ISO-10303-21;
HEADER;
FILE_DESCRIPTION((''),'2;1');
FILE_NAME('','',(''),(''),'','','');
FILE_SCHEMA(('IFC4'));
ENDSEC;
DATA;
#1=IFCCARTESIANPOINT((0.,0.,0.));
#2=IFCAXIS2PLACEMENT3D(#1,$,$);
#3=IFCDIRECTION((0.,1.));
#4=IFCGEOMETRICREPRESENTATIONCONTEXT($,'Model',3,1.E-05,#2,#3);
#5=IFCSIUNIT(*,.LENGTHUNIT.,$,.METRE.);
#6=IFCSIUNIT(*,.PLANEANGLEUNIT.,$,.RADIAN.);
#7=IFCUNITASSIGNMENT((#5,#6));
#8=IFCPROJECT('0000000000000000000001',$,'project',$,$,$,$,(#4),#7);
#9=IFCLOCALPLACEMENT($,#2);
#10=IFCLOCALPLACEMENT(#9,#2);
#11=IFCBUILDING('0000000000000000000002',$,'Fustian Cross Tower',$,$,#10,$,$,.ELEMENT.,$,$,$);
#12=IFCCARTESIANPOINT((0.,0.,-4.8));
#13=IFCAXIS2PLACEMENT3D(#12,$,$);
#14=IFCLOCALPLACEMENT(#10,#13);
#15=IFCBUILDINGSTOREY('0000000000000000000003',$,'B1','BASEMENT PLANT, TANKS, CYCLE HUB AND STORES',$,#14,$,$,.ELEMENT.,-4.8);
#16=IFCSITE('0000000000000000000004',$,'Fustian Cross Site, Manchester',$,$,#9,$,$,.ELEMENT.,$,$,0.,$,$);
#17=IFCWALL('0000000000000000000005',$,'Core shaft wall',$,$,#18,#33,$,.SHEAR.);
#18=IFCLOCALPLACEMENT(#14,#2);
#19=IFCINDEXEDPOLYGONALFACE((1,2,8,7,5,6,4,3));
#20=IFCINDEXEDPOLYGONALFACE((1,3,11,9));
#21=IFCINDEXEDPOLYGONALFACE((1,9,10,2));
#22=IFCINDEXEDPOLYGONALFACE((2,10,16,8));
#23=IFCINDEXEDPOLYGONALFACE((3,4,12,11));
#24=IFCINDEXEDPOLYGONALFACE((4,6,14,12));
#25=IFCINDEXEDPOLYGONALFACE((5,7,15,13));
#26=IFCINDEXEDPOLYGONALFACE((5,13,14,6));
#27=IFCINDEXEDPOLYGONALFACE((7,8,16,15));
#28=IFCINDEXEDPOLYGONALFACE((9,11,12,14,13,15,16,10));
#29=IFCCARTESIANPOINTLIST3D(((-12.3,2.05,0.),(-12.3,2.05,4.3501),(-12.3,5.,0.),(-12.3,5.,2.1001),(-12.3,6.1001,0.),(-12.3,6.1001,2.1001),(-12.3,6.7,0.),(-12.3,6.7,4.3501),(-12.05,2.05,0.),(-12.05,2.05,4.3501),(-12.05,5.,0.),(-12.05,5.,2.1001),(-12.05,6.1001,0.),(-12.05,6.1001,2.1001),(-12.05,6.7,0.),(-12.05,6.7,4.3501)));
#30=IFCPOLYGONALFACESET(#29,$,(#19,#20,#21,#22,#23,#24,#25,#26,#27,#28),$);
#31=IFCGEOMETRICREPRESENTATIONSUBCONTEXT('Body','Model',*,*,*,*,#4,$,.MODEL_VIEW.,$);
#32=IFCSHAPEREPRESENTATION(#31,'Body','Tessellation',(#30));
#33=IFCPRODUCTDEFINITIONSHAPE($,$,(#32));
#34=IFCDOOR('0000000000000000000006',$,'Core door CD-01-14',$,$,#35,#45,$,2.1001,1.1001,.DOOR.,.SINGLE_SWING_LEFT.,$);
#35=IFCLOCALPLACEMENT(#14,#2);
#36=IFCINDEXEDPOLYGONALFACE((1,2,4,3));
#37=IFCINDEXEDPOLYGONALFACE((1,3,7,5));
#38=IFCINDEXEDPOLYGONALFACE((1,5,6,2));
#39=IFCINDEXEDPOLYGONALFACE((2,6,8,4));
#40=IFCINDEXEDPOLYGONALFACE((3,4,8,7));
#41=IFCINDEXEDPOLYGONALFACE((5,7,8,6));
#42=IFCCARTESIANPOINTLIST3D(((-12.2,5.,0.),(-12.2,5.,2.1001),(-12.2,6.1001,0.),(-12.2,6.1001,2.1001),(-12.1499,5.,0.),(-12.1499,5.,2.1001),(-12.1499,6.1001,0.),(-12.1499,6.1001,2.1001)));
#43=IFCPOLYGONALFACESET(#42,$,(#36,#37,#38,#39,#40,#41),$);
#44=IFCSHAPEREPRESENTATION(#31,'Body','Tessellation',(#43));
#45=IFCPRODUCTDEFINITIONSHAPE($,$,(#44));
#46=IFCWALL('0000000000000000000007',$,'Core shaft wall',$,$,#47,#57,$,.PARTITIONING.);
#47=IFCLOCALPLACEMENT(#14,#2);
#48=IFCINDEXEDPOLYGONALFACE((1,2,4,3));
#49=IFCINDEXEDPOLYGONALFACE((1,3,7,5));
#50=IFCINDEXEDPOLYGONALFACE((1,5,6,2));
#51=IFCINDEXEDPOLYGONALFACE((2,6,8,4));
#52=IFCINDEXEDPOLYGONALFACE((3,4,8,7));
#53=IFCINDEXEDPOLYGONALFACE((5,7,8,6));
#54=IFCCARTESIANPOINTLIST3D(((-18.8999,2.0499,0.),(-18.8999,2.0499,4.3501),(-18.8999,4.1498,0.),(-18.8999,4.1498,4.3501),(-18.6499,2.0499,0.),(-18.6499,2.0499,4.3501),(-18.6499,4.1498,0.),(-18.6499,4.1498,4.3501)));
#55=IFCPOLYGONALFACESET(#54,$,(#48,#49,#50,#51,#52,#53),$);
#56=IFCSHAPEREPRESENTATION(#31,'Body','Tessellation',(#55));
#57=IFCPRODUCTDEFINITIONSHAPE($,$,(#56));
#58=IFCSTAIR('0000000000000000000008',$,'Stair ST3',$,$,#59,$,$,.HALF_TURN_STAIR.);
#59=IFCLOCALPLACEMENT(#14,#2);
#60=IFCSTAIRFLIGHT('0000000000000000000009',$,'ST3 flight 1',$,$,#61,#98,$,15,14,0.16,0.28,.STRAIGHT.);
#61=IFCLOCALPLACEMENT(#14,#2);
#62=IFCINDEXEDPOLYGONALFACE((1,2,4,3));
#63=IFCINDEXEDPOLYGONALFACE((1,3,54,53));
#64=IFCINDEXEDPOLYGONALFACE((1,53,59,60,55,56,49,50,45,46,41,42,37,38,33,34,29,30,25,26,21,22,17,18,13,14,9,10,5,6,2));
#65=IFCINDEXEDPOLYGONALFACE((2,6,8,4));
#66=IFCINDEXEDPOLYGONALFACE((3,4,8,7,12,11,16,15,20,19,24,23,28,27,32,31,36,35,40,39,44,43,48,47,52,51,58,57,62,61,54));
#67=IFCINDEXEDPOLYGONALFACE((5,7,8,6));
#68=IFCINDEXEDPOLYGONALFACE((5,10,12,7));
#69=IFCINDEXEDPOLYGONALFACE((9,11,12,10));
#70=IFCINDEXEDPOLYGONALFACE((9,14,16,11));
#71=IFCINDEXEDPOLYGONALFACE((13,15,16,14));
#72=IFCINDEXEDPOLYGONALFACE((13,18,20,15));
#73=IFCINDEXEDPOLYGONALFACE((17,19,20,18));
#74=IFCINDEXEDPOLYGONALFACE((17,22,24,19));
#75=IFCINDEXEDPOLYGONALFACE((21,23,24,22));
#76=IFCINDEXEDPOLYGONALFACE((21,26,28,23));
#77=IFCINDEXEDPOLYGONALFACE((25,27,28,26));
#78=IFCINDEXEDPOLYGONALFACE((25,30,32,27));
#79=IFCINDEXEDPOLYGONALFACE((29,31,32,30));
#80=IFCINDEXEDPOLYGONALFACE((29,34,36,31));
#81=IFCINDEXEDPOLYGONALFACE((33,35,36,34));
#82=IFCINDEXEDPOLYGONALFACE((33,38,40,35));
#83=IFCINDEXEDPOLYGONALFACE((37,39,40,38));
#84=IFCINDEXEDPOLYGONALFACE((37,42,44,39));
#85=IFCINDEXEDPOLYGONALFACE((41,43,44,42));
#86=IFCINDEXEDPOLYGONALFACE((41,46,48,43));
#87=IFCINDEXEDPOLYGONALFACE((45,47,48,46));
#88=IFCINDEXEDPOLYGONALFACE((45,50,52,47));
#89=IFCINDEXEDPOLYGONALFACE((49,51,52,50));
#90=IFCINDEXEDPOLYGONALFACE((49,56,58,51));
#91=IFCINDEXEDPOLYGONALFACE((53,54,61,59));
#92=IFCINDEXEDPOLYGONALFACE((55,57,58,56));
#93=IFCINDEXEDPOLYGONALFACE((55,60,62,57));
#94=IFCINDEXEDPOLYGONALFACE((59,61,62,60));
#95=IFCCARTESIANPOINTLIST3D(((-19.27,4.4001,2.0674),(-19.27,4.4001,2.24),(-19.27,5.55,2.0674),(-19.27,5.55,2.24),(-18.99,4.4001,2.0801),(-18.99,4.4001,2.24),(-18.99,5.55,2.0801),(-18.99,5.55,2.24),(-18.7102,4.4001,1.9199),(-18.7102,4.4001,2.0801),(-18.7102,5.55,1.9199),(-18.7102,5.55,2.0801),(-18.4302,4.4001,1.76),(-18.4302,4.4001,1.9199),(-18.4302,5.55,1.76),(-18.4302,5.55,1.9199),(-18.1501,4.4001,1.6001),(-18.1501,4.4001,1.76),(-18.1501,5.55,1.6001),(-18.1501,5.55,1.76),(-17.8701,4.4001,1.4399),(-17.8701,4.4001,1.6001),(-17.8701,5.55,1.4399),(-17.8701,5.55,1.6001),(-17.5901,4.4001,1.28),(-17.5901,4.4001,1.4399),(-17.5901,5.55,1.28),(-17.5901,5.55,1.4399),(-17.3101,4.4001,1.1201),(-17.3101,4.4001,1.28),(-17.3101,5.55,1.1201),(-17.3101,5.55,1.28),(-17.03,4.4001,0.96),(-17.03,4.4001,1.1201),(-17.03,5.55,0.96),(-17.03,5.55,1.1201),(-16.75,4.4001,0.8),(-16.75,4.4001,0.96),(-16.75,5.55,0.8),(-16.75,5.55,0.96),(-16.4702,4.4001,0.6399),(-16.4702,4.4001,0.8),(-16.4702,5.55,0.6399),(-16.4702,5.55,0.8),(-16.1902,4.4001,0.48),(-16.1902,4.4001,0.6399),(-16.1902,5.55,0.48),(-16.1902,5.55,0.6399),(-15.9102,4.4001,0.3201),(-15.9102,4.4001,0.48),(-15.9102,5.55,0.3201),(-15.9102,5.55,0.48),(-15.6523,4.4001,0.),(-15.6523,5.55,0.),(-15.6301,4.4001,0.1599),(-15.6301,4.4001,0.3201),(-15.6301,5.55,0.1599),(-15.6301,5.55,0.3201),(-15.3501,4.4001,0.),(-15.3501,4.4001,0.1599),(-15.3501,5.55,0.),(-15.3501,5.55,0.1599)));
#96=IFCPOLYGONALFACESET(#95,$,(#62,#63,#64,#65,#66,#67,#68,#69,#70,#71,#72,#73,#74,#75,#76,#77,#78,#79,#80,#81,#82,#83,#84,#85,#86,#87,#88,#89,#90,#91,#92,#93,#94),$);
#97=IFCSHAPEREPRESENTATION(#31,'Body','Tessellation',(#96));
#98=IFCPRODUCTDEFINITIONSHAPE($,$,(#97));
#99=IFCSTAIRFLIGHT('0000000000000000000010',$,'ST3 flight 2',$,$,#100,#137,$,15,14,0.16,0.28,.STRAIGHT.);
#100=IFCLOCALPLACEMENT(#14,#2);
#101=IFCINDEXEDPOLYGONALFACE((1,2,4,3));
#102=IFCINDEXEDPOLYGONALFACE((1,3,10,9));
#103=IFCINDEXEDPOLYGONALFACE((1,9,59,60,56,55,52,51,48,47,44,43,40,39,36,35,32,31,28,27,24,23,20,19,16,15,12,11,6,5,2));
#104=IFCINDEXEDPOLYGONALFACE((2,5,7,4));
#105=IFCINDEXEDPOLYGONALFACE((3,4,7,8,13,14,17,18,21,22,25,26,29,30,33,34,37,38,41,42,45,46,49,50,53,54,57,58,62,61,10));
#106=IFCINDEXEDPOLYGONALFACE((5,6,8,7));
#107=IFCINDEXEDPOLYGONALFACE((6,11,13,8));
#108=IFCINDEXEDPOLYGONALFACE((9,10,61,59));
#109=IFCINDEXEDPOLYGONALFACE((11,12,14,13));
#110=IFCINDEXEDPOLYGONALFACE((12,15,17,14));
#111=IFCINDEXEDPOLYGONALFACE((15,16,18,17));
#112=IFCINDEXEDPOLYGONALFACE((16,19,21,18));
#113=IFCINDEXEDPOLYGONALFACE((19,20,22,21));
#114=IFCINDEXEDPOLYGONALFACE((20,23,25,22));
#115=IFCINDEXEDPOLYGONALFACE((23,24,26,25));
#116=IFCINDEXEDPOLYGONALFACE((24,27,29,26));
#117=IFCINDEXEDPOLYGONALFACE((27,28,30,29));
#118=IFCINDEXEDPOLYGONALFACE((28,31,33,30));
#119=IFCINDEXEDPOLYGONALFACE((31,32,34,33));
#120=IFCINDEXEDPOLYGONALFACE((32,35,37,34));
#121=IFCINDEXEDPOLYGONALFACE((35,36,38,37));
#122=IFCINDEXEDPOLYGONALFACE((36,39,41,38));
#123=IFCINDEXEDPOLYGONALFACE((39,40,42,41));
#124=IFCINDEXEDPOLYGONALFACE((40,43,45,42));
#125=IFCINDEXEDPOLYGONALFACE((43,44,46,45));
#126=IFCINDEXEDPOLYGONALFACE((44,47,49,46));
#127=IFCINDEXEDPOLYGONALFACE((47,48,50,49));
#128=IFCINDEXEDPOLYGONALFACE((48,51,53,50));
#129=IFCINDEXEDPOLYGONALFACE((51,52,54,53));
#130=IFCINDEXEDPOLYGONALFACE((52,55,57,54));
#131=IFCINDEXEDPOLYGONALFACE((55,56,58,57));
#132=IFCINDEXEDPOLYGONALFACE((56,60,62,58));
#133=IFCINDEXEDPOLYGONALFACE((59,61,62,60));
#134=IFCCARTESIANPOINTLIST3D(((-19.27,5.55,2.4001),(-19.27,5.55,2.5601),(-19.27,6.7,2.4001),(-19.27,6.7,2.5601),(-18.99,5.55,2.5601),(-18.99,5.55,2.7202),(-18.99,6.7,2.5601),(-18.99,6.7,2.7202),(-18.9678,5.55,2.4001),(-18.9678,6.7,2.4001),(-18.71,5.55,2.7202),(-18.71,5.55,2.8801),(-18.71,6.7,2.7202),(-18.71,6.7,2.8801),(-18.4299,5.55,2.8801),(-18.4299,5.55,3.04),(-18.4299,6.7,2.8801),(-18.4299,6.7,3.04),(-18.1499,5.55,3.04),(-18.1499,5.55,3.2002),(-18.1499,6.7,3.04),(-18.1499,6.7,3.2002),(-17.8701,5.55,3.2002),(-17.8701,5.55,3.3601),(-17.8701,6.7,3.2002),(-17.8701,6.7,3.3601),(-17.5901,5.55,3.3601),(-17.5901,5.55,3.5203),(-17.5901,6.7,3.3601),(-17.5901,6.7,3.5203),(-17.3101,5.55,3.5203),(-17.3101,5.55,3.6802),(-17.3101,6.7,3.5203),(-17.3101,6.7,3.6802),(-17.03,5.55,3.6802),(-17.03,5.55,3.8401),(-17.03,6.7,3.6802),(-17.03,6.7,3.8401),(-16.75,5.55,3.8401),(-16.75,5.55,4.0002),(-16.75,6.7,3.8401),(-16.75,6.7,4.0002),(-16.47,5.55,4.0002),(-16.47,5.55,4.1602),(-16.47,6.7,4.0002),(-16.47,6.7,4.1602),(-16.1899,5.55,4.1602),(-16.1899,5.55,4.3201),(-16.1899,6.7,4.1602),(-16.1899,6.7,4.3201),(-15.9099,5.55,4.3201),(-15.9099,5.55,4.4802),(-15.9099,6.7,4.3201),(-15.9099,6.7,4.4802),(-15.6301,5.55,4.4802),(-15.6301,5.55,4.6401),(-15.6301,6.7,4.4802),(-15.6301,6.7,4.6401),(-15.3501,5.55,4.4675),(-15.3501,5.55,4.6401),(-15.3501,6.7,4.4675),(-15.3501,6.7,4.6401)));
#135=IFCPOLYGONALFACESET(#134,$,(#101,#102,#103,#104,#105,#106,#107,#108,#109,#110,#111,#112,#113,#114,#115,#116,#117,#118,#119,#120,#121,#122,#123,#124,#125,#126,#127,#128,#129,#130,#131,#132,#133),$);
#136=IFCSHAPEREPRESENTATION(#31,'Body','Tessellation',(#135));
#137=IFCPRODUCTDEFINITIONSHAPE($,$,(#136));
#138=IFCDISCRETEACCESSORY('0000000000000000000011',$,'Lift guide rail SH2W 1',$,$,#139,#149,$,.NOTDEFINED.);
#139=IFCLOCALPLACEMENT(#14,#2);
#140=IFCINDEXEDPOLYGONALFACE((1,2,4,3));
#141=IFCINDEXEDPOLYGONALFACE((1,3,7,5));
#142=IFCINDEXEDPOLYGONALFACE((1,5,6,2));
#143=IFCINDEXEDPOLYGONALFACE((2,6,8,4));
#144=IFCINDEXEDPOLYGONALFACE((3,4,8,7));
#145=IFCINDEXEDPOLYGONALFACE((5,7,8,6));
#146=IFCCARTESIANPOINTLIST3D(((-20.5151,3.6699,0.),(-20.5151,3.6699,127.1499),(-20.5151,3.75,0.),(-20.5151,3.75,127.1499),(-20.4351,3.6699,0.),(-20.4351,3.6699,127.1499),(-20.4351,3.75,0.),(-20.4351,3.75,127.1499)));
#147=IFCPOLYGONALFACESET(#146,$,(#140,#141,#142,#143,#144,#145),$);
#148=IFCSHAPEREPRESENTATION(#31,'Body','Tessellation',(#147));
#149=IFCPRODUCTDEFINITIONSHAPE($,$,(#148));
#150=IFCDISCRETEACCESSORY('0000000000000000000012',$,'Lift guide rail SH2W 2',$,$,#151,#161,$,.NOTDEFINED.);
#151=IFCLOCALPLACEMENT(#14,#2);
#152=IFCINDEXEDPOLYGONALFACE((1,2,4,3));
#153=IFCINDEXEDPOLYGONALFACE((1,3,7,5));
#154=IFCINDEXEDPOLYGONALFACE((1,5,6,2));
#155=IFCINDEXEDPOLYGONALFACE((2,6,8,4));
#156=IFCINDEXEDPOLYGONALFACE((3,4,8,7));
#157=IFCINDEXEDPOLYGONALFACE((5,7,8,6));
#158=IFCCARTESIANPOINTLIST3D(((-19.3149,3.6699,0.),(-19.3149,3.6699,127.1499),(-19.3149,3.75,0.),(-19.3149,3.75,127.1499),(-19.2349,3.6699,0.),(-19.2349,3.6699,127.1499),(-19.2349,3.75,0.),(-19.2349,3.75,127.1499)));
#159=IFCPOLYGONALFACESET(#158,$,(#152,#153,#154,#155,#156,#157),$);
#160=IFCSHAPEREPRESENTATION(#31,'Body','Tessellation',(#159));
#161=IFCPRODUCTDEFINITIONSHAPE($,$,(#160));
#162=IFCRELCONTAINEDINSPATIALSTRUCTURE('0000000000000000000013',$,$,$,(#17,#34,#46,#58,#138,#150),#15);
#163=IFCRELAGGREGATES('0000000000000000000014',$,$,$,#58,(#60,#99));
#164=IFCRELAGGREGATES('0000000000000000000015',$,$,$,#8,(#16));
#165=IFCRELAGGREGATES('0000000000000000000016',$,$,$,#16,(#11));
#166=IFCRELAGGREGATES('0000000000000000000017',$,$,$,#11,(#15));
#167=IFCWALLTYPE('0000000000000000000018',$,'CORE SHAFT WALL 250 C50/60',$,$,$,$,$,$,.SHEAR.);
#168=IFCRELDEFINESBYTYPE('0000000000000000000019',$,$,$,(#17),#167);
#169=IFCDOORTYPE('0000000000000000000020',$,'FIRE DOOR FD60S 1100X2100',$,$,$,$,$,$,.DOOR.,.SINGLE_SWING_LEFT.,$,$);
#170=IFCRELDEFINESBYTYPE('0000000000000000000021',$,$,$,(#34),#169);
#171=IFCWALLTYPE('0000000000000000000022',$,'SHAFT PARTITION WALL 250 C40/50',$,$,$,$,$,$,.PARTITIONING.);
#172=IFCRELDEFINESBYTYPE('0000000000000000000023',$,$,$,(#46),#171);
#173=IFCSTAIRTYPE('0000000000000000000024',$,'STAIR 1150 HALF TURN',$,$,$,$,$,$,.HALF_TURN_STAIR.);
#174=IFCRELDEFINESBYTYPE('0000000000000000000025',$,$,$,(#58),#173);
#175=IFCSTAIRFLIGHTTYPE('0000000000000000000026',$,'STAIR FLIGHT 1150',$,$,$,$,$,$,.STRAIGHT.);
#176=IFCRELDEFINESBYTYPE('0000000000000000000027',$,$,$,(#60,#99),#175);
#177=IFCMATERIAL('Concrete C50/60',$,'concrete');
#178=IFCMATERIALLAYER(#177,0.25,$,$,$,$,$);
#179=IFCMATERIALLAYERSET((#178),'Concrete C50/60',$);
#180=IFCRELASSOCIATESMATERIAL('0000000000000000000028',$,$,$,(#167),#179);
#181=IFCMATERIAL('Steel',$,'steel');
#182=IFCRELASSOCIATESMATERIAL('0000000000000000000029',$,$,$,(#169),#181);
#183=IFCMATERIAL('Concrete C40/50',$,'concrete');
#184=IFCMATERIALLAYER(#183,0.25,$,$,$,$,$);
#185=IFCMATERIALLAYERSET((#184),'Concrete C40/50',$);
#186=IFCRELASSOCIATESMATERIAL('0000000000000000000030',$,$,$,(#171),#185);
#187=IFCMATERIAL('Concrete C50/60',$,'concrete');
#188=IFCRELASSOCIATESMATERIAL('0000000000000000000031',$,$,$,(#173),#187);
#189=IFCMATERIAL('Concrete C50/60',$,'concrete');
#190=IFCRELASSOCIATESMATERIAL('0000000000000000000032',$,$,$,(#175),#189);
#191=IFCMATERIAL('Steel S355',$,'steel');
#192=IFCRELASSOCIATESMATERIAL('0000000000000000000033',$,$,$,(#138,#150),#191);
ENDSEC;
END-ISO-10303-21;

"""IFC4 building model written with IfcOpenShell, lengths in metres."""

from ifc_helpers import new_model, si_unit, direction, frame, frame_2d, origin, origin_2d, place, context, subcontext, project, spatial, polyline, rectangle, outline, extrude, material, layer, layer_set, type_object, element, fill, aggregate, save


model = new_model("IFC4")

# Units and contexts
model_context = context("Model", 3, precision=1e-05, world=origin(), true_north=direction((0.0, 1.0)))
body_context = subcontext(model_context, "Body", "Model", "MODEL_VIEW")
ifc_project = project(units=[si_unit("LENGTHUNIT", "METRE"), si_unit("PLANEANGLEUNIT", "RADIAN")], contexts=[model_context])

# Site, building, storey
site_placement = place(None, origin())
site = spatial("IfcSite", under=ifc_project, at=site_placement, Name="Fustian Cross Site, Manchester", CompositionType="ELEMENT", RefElevation=0.0)
building_placement = place(site_placement, origin())
building = spatial("IfcBuilding", under=site, at=building_placement, Name="Fustian Cross Tower", CompositionType="ELEMENT")
storey_placement = place(building_placement, frame((0.0, 0.0, -4.8)))
storey = spatial("IfcBuildingStorey", under=building, at=storey_placement, Name="B1", Description="BASEMENT PLANT, TANKS, CYCLE HUB AND STORES", CompositionType="ELEMENT", Elevation=-4.8)

# Shared definitions
ifc_material_1 = material(Name="Concrete C50/60", Category="concrete")
ifc_layer_1 = layer(ifc_material_1, 0.25)
ifc_layer_set_1 = layer_set([ifc_layer_1], Name="Concrete C50/60")
wall_type_1 = type_object("IfcWallType", Name="CORE SHAFT WALL 250 C50/60", PredefinedType="SHEAR", material=ifc_layer_set_1)

# Wall, opening, door
wall_1_placement = place(storey_placement, frame((-12.175, 2.05, 0.0), z_axis=(0.0, 0.0, 1.0), x_axis=(0.0, 1.0, 0.0)))
wall_1 = element("IfcWall", 1, at=wall_1_placement, inside=storey, type_object=wall_type_1, Name="Core shaft wall", PredefinedType="SHEAR", context=body_context, shape_type="SweptSolid", body=[
    extrude(rectangle(XDim=4.6499, YDim=0.25, at=frame_2d((2.325, 0.0))), origin(), (0.0, 0.0, 1.0), 4.3501),
])
opening_1_placement = place(wall_1_placement, frame((2.95, 0.0, 0.0)))
opening_1 = element("IfcOpeningElement", 2, at=opening_1_placement, cuts=wall_1, PredefinedType="OPENING", context=body_context, shape_type="SweptSolid", body=[
    extrude(rectangle(XDim=1.1001, YDim=2.1001, at=frame_2d((0.55, 1.05))), frame((0.0, 0.135, 0.0), z_axis=(0.0, -1.0, 0.0), x_axis=(1.0, 0.0, 0.0)), (0.0, 0.0, 1.0), 0.27),
])
ifc_material_2 = material(Name="Steel", Category="steel")
door_type_1 = type_object("IfcDoorType", Name="FIRE DOOR FD60S 1100X2100", OperationType="SINGLE_SWING_LEFT", PredefinedType="DOOR", material=ifc_material_2)
door_1_placement = place(opening_1_placement, origin())
door_1 = element("IfcDoor", 3, at=door_1_placement, inside=storey, type_object=door_type_1, Name="Core door CD-01-14", OperationType="SINGLE_SWING_LEFT", OverallHeight=2.1001, OverallWidth=1.1001, PredefinedType="DOOR", context=body_context, shape_type="SweptSolid", body=[
    extrude(rectangle(XDim=1.1001, YDim=2.1001, at=frame_2d((0.55, 1.05))), frame((0.0, 0.0249, 0.0), z_axis=(0.0, -1.0, 0.0), x_axis=(1.0, 0.0, 0.0)), (0.0, 0.0, 1.0), 0.05),
])
fill(opening_1, door_1)

# Wall
ifc_material_3 = material(Name="Concrete C40/50", Category="concrete")
ifc_layer_2 = layer(ifc_material_3, 0.25)
ifc_layer_set_2 = layer_set([ifc_layer_2], Name="Concrete C40/50")
wall_type_2 = type_object("IfcWallType", Name="SHAFT PARTITION WALL 250 C40/50", PredefinedType="PARTITIONING", material=ifc_layer_set_2)
wall_2_placement = place(storey_placement, frame((-18.7749, 2.05, 0.0), z_axis=(0.0, 0.0, 1.0), x_axis=(0.0, 1.0, 0.0)))
element("IfcWall", 4, at=wall_2_placement, inside=storey, type_object=wall_type_2, Name="Core shaft wall", PredefinedType="PARTITIONING", context=body_context, shape_type="SweptSolid", body=[
    extrude(rectangle(XDim=2.0999, YDim=0.25, at=frame_2d((1.0498, 0.0))), origin(), (0.0, 0.0, 1.0), 4.3501),
])

# Stair, stair flights
ifc_material_4 = material(Name="Concrete C50/60", Category="concrete")
stair_type = type_object("IfcStairType", Name="STAIR 1150 HALF TURN", PredefinedType="HALF_TURN_STAIR", material=ifc_material_4)
stair_placement = place(storey_placement, origin())
stair = element("IfcStair", 5, at=stair_placement, inside=storey, type_object=stair_type, Name="Stair ST3", PredefinedType="HALF_TURN_STAIR")
ifc_material_5 = material(Name="Concrete C50/60", Category="concrete")
stair_flight_type = type_object("IfcStairFlightType", Name="STAIR FLIGHT 1150", PredefinedType="STRAIGHT", material=ifc_material_5)
stair_flight_1_placement = place(storey_placement, frame((-15.3501, 4.9751, 0.0), z_axis=(0.0, 0.0, 1.0), x_axis=(-1.0, 0.0, 0.0)))
stair_flight_1 = element("IfcStairFlight", 6, at=stair_flight_1_placement, type_object=stair_flight_type, Name="ST3 flight 1", NumberOfRisers=15, NumberOfTreads=14, PredefinedType="STRAIGHT", RiserHeight=0.16, TreadLength=0.28, context=body_context, shape_type="SweptSolid", body=[
    extrude(outline(polyline([(0.0, 0.0), (0.0, 0.1599), (0.28, 0.1599), (0.28, 0.3201), (0.5601, 0.3201), (0.5601, 0.48), (0.8401, 0.48), (0.8401, 0.6399), (1.1201, 0.6399), (1.1201, 0.8), (1.3999, 0.8), (1.3999, 0.96), (1.6799, 0.96), (1.6799, 1.1201), (1.96, 1.1201), (1.96, 1.28), (2.24, 1.28), (2.24, 1.4399), (2.52, 1.4399), (2.52, 1.6001), (2.8, 1.6001), (2.8, 1.76), (3.0801, 1.76), (3.0801, 1.9199), (3.3601, 1.9199), (3.3601, 2.0801), (3.6399, 2.0801), (3.6399, 2.24), (3.9199, 2.24), (3.9199, 2.3999), (3.9199, 2.0674), (0.3022, 0.0), (0.0, 0.0)])), frame((0.0, 0.575, 0.0), z_axis=(0.0, -1.0, 0.0), x_axis=(1.0, 0.0, 0.0)), (0.0, 0.0, 1.0), 1.1499),
])
stair_flight_2_placement = place(storey_placement, frame((-19.27, 6.125, 2.4001), z_axis=(0.0, 0.0, 1.0), x_axis=(1.0, 0.0, 0.0)))
stair_flight_2 = element("IfcStairFlight", 7, at=stair_flight_2_placement, type_object=stair_flight_type, Name="ST3 flight 2", NumberOfRisers=15, NumberOfTreads=14, PredefinedType="STRAIGHT", RiserHeight=0.16, TreadLength=0.28, context=body_context, shape_type="SweptSolid", body=[
    extrude(outline(polyline([(0.0, 0.0), (0.0, 0.1599), (0.28, 0.1599), (0.28, 0.3201), (0.5601, 0.3201), (0.5601, 0.48), (0.8401, 0.48), (0.8401, 0.6399), (1.1201, 0.6399), (1.1201, 0.8), (1.3999, 0.8), (1.3999, 0.96), (1.6799, 0.96), (1.6799, 1.1201), (1.96, 1.1201), (1.96, 1.28), (2.24, 1.28), (2.24, 1.4399), (2.52, 1.4399), (2.52, 1.6001), (2.8, 1.6001), (2.8, 1.76), (3.0801, 1.76), (3.0801, 1.9199), (3.3601, 1.9199), (3.3601, 2.0801), (3.6399, 2.0801), (3.6399, 2.24), (3.9199, 2.24), (3.9199, 2.3999), (3.9199, 2.0674), (0.3022, 0.0), (0.0, 0.0)])), frame((0.0, 0.575, 0.0), z_axis=(0.0, -1.0, 0.0), x_axis=(1.0, 0.0, 0.0)), (0.0, 0.0, 1.0), 1.1499),
])
aggregate(stair, [stair_flight_1, stair_flight_2])

# Discrete accessories
ifc_material_6 = material(Name="Steel S355", Category="steel")
for number, where, z_axis, x_axis, name in (
    (8, (-20.4751, 3.71, 0.0), (0.0, 0.0, 1.0), (1.0, 0.0, 0.0), "Lift guide rail SH2W 1"),
    (9, (-19.2749, 3.71, 0.0), (0.0, 0.0, 1.0), (1.0, 0.0, 0.0), "Lift guide rail SH2W 2"),
):
    element("IfcDiscreteAccessory", number, at=place(storey_placement, frame(where, z_axis=z_axis, x_axis=x_axis)), inside=storey, material=ifc_material_6, Name=name, PredefinedType="NOTDEFINED", context=body_context, shape_type="SweptSolid", body=[
        extrude(rectangle(XDim=0.0801, YDim=0.0801, at=origin_2d()), origin(), (0.0, 0.0, 1.0), 127.1499),
    ])

save(model, "model.ifc")
